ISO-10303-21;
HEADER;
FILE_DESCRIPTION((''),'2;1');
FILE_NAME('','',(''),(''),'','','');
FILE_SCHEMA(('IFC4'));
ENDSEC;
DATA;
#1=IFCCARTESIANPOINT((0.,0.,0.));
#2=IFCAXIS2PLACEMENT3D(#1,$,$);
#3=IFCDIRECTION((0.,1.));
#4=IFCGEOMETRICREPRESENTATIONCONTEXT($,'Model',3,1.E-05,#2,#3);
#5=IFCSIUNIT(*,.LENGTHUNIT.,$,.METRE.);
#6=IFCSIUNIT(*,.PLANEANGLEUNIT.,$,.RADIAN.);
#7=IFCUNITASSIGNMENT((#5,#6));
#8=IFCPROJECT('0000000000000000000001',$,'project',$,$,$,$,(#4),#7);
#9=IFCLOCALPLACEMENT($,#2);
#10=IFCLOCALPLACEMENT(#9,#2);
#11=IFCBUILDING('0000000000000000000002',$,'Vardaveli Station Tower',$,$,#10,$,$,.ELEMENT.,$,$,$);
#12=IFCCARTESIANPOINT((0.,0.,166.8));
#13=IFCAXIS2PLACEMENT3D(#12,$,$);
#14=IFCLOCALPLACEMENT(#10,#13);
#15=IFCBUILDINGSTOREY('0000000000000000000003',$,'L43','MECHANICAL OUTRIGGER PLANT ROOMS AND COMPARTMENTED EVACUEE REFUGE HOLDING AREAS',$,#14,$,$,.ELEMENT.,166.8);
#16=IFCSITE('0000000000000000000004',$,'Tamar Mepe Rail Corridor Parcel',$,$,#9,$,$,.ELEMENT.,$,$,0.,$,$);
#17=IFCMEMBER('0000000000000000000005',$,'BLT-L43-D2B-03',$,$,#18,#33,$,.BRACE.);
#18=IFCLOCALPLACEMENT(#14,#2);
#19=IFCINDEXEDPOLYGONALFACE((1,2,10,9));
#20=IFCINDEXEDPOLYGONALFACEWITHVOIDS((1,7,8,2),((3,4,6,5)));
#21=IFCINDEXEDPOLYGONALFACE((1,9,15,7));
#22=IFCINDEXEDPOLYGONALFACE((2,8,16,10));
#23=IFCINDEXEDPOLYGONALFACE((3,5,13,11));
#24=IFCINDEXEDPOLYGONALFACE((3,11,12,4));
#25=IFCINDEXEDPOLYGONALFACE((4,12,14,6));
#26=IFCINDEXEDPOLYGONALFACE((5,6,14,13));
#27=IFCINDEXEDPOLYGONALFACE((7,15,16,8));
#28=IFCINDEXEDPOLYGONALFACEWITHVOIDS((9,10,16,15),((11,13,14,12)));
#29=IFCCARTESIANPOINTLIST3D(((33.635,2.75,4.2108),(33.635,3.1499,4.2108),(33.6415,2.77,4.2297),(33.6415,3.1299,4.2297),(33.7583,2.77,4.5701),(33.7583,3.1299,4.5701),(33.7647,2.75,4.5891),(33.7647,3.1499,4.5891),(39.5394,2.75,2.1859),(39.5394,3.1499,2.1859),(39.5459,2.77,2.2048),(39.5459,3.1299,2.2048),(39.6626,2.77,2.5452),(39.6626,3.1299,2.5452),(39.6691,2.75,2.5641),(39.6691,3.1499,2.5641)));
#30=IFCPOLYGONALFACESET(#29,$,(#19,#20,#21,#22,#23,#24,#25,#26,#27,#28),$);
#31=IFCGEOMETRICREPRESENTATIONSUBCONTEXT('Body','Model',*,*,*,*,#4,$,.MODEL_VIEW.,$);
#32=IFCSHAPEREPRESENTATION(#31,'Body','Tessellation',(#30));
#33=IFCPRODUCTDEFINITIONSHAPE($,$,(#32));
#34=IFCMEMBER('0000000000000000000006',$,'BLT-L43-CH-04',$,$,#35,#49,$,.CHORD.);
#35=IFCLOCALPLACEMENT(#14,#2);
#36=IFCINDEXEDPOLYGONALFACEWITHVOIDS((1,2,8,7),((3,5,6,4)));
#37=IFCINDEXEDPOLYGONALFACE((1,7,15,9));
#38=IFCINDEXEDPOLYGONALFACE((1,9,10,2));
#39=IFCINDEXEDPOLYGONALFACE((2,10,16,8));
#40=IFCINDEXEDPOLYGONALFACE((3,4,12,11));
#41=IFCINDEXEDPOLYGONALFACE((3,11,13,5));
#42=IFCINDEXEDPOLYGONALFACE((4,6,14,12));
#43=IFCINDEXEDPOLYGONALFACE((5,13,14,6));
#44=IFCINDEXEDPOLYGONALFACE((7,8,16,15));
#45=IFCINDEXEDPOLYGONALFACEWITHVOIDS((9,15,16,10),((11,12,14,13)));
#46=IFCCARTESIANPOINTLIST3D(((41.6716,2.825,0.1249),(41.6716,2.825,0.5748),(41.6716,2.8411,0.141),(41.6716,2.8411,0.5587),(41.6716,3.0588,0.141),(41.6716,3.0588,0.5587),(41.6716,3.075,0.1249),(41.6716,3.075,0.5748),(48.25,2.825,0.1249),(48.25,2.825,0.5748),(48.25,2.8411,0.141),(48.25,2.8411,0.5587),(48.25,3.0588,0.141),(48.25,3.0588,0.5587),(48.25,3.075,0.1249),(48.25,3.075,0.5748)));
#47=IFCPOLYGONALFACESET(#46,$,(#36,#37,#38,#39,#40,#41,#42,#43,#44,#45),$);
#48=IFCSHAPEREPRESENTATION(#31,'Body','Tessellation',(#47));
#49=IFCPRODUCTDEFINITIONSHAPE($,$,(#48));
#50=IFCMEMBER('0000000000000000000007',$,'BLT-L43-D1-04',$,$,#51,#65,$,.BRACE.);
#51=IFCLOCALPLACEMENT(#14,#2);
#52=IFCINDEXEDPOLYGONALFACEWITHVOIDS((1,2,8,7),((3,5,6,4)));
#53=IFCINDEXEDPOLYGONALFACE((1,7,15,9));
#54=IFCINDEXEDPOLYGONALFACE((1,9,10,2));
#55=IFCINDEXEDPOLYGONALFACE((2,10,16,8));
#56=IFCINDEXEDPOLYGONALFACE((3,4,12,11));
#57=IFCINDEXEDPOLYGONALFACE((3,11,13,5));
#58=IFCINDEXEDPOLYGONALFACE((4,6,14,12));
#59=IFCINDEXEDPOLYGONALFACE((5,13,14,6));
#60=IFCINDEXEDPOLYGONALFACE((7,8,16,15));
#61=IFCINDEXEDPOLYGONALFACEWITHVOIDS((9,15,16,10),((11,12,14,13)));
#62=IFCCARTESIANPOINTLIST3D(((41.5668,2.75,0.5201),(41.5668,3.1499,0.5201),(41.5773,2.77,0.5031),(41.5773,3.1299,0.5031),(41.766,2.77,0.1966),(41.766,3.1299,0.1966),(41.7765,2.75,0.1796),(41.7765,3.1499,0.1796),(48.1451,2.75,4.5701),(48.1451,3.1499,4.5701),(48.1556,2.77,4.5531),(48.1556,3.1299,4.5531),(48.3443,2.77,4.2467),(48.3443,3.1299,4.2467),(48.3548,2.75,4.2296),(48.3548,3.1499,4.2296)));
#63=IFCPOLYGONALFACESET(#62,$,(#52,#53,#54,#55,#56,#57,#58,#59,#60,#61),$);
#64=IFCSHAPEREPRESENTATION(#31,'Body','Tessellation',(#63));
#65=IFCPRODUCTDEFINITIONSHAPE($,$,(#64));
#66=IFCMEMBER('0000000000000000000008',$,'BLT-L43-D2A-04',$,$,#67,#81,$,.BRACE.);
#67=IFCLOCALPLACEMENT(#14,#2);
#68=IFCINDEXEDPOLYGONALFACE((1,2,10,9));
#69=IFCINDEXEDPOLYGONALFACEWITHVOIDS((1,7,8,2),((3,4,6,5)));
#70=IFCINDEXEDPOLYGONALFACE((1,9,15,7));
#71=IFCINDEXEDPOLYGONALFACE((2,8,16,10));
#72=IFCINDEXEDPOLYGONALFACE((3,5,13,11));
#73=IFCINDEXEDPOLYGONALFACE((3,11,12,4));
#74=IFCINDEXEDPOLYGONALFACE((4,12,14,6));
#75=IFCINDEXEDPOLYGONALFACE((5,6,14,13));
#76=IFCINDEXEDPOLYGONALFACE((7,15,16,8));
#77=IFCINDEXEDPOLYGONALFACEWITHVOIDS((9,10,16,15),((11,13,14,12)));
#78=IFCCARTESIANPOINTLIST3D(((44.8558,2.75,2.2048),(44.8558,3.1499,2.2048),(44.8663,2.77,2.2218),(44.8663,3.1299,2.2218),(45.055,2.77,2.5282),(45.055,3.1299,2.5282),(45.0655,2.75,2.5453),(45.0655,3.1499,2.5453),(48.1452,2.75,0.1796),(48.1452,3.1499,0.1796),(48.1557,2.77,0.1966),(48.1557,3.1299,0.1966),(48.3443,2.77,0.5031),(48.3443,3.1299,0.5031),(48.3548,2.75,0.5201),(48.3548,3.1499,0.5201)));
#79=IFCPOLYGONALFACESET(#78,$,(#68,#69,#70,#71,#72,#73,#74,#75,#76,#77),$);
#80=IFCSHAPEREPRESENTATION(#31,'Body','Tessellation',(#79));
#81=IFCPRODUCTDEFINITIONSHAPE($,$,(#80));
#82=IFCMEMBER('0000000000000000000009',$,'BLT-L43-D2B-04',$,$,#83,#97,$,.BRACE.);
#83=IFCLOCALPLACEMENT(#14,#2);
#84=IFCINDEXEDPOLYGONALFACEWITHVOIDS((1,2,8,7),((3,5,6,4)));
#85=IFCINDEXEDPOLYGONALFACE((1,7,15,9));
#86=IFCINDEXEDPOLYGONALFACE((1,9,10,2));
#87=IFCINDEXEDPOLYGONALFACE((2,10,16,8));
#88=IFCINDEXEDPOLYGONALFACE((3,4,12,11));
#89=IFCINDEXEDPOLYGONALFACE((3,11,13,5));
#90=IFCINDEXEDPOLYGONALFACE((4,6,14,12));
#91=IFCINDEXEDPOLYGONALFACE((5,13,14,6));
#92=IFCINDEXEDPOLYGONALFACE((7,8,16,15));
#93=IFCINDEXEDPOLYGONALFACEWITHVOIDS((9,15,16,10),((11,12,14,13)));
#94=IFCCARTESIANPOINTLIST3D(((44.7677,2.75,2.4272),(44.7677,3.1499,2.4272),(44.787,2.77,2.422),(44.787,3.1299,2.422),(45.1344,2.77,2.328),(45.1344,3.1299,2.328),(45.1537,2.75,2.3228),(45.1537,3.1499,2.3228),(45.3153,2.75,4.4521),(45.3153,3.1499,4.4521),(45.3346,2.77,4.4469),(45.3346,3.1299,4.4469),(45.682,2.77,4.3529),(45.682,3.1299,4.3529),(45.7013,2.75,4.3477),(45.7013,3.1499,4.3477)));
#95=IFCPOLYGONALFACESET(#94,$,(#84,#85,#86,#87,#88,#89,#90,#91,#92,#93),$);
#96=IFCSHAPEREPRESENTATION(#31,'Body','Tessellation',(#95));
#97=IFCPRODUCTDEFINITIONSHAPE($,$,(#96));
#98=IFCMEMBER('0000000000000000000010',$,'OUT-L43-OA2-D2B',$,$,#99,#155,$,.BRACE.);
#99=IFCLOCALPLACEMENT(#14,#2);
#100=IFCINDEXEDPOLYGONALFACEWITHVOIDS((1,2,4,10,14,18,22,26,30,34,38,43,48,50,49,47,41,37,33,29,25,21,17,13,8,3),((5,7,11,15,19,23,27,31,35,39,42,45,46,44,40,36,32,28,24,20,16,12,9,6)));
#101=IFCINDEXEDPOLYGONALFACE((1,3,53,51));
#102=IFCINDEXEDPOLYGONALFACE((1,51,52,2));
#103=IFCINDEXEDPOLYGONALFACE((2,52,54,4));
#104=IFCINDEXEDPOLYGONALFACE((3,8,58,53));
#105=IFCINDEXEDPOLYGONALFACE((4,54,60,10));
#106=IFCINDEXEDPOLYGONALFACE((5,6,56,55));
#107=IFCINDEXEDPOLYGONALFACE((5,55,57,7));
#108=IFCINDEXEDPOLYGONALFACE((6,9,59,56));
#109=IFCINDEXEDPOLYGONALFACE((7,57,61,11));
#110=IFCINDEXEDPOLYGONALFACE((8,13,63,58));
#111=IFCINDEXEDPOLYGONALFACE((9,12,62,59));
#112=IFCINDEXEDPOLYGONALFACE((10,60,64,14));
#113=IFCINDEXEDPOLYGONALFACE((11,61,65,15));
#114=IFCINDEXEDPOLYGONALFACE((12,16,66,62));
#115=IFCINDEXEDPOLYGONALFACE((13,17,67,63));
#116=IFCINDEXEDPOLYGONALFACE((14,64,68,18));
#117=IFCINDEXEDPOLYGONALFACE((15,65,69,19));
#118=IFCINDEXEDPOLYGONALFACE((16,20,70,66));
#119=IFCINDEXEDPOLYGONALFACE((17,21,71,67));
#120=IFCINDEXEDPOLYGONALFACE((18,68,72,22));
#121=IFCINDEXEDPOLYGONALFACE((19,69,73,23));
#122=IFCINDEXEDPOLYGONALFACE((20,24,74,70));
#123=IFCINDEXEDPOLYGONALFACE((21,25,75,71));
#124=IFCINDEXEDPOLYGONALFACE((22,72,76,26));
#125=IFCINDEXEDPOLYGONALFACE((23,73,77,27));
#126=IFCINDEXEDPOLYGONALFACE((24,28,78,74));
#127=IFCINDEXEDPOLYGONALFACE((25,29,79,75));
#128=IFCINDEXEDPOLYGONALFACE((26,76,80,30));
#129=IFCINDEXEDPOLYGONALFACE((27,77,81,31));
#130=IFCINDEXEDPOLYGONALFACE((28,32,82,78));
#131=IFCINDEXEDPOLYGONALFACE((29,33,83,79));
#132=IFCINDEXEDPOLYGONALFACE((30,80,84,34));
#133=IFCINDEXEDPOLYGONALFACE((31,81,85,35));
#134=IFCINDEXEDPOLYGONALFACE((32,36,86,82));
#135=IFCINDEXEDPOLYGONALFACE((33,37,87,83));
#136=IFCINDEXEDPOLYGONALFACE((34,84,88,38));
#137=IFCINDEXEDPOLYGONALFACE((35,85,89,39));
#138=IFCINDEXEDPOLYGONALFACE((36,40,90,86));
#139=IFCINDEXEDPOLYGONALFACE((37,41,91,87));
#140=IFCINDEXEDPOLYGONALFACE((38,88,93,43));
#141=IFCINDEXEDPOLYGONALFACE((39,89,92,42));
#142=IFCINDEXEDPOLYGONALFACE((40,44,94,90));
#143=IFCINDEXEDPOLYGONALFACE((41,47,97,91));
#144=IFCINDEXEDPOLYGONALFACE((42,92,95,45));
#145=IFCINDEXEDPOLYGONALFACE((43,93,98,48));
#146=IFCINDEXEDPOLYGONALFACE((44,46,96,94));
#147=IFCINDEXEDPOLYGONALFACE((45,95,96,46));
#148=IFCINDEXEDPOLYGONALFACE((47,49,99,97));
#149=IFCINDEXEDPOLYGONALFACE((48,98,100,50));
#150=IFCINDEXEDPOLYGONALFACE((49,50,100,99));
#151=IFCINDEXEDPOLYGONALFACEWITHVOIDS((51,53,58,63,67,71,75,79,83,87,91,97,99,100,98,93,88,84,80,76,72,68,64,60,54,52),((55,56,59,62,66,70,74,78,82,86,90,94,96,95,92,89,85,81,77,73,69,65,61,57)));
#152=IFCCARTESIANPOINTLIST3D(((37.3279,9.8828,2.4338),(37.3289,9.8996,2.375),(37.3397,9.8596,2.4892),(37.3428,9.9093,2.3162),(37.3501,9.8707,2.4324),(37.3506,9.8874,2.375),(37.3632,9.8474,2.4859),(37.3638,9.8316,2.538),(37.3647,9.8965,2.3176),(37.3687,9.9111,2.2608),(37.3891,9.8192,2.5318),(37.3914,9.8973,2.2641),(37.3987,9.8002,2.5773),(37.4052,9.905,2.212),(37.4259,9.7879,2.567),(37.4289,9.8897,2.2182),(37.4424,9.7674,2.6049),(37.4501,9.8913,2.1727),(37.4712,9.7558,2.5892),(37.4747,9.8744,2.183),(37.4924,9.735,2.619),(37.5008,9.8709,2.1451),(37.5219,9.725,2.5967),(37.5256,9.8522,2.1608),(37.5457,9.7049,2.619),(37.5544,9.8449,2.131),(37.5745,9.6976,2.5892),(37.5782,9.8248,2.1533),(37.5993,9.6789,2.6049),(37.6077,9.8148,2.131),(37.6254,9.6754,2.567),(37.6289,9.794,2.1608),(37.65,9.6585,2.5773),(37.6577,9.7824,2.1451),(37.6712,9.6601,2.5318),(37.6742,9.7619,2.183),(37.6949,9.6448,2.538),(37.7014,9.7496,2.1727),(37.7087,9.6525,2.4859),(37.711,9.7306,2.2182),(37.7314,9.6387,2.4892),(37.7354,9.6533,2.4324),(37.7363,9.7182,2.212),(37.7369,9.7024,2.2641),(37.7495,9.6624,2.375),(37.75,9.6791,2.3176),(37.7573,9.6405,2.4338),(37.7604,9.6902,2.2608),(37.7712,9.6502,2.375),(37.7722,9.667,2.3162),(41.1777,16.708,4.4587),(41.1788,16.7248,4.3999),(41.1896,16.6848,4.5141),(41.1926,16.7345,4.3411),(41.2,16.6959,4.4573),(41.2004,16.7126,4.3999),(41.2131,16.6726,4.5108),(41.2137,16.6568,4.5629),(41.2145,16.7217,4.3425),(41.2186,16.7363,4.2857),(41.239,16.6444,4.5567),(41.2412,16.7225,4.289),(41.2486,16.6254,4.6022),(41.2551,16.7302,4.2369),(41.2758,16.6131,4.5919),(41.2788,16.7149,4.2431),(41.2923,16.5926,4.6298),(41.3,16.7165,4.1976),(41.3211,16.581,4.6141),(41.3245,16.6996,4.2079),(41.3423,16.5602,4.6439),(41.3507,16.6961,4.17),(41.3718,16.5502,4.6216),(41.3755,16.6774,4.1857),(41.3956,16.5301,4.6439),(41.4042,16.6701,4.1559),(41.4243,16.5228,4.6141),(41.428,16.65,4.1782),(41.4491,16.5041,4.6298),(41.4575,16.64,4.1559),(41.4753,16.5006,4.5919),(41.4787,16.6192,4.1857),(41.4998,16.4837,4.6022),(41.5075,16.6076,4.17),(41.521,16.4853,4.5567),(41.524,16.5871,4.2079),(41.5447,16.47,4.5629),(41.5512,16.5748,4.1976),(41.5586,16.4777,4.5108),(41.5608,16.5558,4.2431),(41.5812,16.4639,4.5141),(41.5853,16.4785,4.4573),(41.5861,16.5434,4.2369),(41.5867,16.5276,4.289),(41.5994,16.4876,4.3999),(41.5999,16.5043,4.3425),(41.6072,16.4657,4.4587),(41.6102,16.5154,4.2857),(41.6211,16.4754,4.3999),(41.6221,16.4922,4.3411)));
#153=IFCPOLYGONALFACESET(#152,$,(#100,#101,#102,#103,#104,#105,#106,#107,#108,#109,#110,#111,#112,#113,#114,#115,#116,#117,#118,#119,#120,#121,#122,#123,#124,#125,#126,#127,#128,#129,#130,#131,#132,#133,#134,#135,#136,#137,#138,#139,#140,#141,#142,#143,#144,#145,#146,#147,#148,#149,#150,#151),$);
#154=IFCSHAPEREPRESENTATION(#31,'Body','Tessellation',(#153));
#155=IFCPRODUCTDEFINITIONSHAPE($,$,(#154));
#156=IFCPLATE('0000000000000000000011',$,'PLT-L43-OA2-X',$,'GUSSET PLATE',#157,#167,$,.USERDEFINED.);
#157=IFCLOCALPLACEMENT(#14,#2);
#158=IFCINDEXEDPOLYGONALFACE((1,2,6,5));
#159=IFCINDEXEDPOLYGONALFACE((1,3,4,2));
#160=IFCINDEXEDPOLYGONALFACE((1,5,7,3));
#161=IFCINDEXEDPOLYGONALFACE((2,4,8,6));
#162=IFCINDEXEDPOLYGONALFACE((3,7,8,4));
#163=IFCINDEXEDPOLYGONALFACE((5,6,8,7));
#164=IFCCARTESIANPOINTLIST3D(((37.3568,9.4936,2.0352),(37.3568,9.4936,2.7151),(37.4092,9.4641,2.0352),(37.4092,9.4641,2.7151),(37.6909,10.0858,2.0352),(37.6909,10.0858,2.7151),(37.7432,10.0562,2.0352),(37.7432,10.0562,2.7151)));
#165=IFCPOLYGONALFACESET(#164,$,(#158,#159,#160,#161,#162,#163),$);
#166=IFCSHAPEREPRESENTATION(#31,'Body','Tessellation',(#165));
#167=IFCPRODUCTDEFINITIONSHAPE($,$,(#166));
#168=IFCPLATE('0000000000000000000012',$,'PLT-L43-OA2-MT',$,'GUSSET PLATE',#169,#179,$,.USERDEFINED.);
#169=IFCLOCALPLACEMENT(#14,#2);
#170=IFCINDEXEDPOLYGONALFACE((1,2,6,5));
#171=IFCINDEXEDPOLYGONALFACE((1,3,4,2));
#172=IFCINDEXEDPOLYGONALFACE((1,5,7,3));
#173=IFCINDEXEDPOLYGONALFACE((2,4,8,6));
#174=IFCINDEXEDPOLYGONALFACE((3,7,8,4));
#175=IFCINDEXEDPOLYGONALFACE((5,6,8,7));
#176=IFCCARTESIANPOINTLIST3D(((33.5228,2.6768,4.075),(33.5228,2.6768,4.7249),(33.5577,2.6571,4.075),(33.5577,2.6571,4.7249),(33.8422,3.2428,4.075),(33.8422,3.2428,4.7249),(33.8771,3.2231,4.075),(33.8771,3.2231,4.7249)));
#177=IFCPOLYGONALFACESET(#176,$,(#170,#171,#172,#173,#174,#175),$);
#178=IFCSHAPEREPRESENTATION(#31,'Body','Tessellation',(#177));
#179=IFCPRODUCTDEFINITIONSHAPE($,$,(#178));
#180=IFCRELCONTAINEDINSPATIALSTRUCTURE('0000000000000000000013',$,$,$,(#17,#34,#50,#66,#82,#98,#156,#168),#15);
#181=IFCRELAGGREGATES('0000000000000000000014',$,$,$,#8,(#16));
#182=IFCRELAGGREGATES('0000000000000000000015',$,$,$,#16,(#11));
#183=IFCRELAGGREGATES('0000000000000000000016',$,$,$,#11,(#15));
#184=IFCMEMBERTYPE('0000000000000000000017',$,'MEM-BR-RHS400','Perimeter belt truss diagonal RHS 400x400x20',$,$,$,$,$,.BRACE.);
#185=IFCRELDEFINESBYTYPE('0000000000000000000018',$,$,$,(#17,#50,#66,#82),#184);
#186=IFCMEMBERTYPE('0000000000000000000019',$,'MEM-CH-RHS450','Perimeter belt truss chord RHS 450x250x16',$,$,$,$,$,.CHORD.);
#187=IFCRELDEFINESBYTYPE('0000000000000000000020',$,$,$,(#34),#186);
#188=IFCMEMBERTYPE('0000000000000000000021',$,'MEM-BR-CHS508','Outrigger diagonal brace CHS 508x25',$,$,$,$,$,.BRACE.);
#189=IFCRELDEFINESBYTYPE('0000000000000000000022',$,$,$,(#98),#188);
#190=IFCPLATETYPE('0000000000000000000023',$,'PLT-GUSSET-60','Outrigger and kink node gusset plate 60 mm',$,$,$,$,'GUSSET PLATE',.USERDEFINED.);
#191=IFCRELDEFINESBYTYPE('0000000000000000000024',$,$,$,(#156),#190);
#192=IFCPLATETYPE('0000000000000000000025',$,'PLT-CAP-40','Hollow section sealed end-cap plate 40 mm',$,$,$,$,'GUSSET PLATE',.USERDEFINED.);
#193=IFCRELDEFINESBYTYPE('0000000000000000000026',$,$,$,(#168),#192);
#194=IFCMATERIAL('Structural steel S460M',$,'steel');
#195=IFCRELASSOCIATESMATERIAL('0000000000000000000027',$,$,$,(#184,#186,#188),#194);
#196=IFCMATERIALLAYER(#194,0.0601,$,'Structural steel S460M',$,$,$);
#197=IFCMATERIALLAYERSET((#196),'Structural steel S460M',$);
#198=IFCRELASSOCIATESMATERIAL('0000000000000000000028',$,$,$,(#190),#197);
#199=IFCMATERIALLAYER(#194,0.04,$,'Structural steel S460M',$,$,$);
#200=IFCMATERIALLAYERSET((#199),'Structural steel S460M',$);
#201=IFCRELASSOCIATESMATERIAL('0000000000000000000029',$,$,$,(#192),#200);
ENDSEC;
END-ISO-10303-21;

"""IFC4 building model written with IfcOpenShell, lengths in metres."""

from ifc_helpers import new_model, si_unit, direction, frame, origin, origin_2d, place, context, subcontext, project, spatial, rectangle, hollow_rectangle, hollow_circle, extrude, source, transform, mapped, material, layer, layer_set, material_profile, profile_set, type_object, element, save


model = new_model("IFC4")

# Units and contexts
model_context = context("Model", 3, precision=1e-05, world=origin(), true_north=direction((0.0, 1.0)))
body_context = subcontext(model_context, "Body", "Model", "MODEL_VIEW")
ifc_project = project(units=[si_unit("LENGTHUNIT", "METRE"), si_unit("PLANEANGLEUNIT", "RADIAN")], contexts=[model_context])

# Site, building, storey
site_placement = place(None, origin())
site = spatial("IfcSite", under=ifc_project, at=site_placement, Name="Tamar Mepe Rail Corridor Parcel", CompositionType="ELEMENT", RefElevation=0.0)
building_placement = place(site_placement, origin())
building = spatial("IfcBuilding", under=site, at=building_placement, Name="Vardaveli Station Tower", CompositionType="ELEMENT")
storey_placement = place(building_placement, frame((0.0, 0.0, 166.8)))
storey = spatial("IfcBuildingStorey", under=building, at=storey_placement, Name="L43", Description="MECHANICAL OUTRIGGER PLANT ROOMS AND COMPARTMENTED EVACUEE REFUGE HOLDING AREAS", CompositionType="ELEMENT", Elevation=166.8)

# Shared definitions
ifc_material_1 = material(Name="Structural steel S460M", Category="steel")

# Members
ifc_material_profile_1 = material_profile(ifc_material_1, hollow_rectangle(XDim=0.3999, YDim=0.3999, WallThickness=0.02, at=origin_2d()), Name="RHS 400x400x20")
ifc_profile_set_1 = profile_set([ifc_material_profile_1], Name="Structural steel S460M")
member_type_1 = type_object("IfcMemberType", Name="MEM-BR-RHS400", Description="Perimeter belt truss diagonal RHS 400x400x20", PredefinedType="BRACE", material=ifc_profile_set_1)
ifc_material_profile_2 = material_profile(ifc_material_1, hollow_rectangle(XDim=0.25, YDim=0.45, WallThickness=0.0161, at=origin_2d()), Name="RHS 450x250x16")
ifc_profile_set_2 = profile_set([ifc_material_profile_2], Name="Structural steel S460M")
member_type_2 = type_object("IfcMemberType", Name="MEM-CH-RHS450", Description="Perimeter belt truss chord RHS 450x250x16", PredefinedType="CHORD", material=ifc_profile_set_2)
shared_shape_1 = source(origin(), body_context, "Body", "SweptSolid", [
    extrude(hollow_rectangle(XDim=0.3999, YDim=0.3999, WallThickness=0.02, at=origin_2d()), origin(), (0.0, 0.0, 1.0), 6.2419),
])
member_1_placement = place(storey_placement, frame((39.6042, 2.95, 2.375), z_axis=(-0.945918, 0.0, 0.324406), x_axis=(0.0, -1.0, 0.0)))
element("IfcMember", 1, at=member_1_placement, inside=storey, type_object=member_type_1, Name="BLT-L43-D2B-03", PredefinedType="BRACE", context=body_context, shape_type="MappedRepresentation", body=[
    mapped(shared_shape_1, transform((0.0, 0.0, 0.0), scale=1.0)),
])
shared_shape_2 = source(origin(), body_context, "Body", "SweptSolid", [
    extrude(hollow_rectangle(XDim=0.25, YDim=0.45, WallThickness=0.0161, at=origin_2d()), origin(), (0.0, 0.0, 1.0), 6.5784),
])
member_2_placement = place(storey_placement, frame((41.6716, 2.95, 0.3499), z_axis=(1.0, 0.0, 0.0), x_axis=(0.0, 1.0, 0.0)))
element("IfcMember", 2, at=member_2_placement, inside=storey, type_object=member_type_2, Name="BLT-L43-CH-04", PredefinedType="CHORD", context=body_context, shape_type="MappedRepresentation", body=[
    mapped(shared_shape_2, transform((0.0, 0.0, 0.0), scale=1.0)),
])
shared_shape_3 = source(origin(), body_context, "Body", "SweptSolid", [
    extrude(hollow_rectangle(XDim=0.3999, YDim=0.3999, WallThickness=0.02, at=origin_2d()), origin(), (0.0, 0.0, 1.0), 7.7251),
])
member_3_placement = place(storey_placement, frame((41.6716, 2.95, 0.3499), z_axis=(0.851553, 0.0, 0.524268), x_axis=(0.0, 1.0, 0.0)))
element("IfcMember", 3, at=member_3_placement, inside=storey, type_object=member_type_1, Name="BLT-L43-D1-04", PredefinedType="BRACE", context=body_context, shape_type="MappedRepresentation", body=[
    mapped(shared_shape_3, transform((0.0, 0.0, 0.0), scale=1.0)),
])
shared_shape_4 = source(origin(), body_context, "Body", "SweptSolid", [
    extrude(hollow_rectangle(XDim=0.3999, YDim=0.3999, WallThickness=0.02, at=origin_2d()), origin(), (0.0, 0.0, 1.0), 3.8628),
])
member_4_placement = place(storey_placement, frame((48.25, 2.95, 0.3499), z_axis=(-0.851548, 0.0, 0.524277), x_axis=(0.0, -1.0, 0.0)))
element("IfcMember", 4, at=member_4_placement, inside=storey, type_object=member_type_1, Name="BLT-L43-D2A-04", PredefinedType="BRACE", context=body_context, shape_type="MappedRepresentation", body=[
    mapped(shared_shape_4, transform((0.0, 0.0, 0.0), scale=1.0)),
])
shared_shape_5 = source(origin(), body_context, "Body", "SweptSolid", [
    extrude(hollow_rectangle(XDim=0.3999, YDim=0.3999, WallThickness=0.02, at=origin_2d()), origin(), (0.0, 0.0, 1.0), 2.0977),
])
member_5_placement = place(storey_placement, frame((44.9607, 2.95, 2.375), z_axis=(0.261059, 0.0, 0.965323), x_axis=(0.0, 1.0, 0.0)))
element("IfcMember", 5, at=member_5_placement, inside=storey, type_object=member_type_1, Name="BLT-L43-D2B-04", PredefinedType="BRACE", context=body_context, shape_type="MappedRepresentation", body=[
    mapped(shared_shape_5, transform((0.0, 0.0, 0.0), scale=1.0)),
])
ifc_material_profile_3 = material_profile(ifc_material_1, hollow_circle(Radius=0.2539, WallThickness=0.0249, at=origin_2d()), Name="CHS 508x25")
ifc_profile_set_3 = profile_set([ifc_material_profile_3], Name="Structural steel S460M")
member_type_3 = type_object("IfcMemberType", Name="MEM-BR-CHS508", Description="Outrigger diagonal brace CHS 508x25", PredefinedType="BRACE", material=ifc_profile_set_3)
shared_shape_6 = source(origin(), body_context, "Body", "SweptSolid", [
    extrude(hollow_circle(Radius=0.2539, WallThickness=0.0249, at=origin_2d()), origin(), (0.0, 0.0, 1.0), 8.0935),
])
member_6_placement = place(storey_placement, frame((37.55, 9.7749, 2.375), z_axis=(0.475672, 0.843292, 0.250188), x_axis=(-0.870992, 0.491296, 0.0)))
element("IfcMember", 6, at=member_6_placement, inside=storey, type_object=member_type_3, Name="OUT-L43-OA2-D2B", PredefinedType="BRACE", context=body_context, shape_type="MappedRepresentation", body=[
    mapped(shared_shape_6, transform((0.0, 0.0, 0.0), scale=1.0)),
])

# Plates
ifc_layer_1 = layer(ifc_material_1, 0.0601, Name="Structural steel S460M")
ifc_layer_set_1 = layer_set([ifc_layer_1], Name="Structural steel S460M")
plate_type_1 = type_object("IfcPlateType", Name="PLT-GUSSET-60", Description="Outrigger and kink node gusset plate 60 mm", ElementType="GUSSET PLATE", PredefinedType="USERDEFINED", material=ifc_layer_set_1)
shared_shape_7 = source(origin(), body_context, "Body", "SweptSolid", [
    extrude(rectangle(XDim=0.6799, YDim=0.0601, at=origin_2d()), origin(), (0.0, 0.0, 1.0), 0.6799),
])
plate_1_placement = place(storey_placement, frame((37.55, 9.7749, 2.0352), z_axis=(0.0, 0.0, 1.0), x_axis=(-0.49136, -0.870957, 0.0)))
element("IfcPlate", 7, at=plate_1_placement, inside=storey, type_object=plate_type_1, Name="PLT-L43-OA2-X", ObjectType="GUSSET PLATE", PredefinedType="USERDEFINED", context=body_context, shape_type="MappedRepresentation", body=[
    mapped(shared_shape_7, transform((0.0, 0.0, 0.0), scale=1.0)),
])
ifc_layer_2 = layer(ifc_material_1, 0.04, Name="Structural steel S460M")
ifc_layer_set_2 = layer_set([ifc_layer_2], Name="Structural steel S460M")
plate_type_2 = type_object("IfcPlateType", Name="PLT-CAP-40", Description="Hollow section sealed end-cap plate 40 mm", ElementType="GUSSET PLATE", PredefinedType="USERDEFINED", material=ifc_layer_set_2)
shared_shape_8 = source(origin(), body_context, "Body", "SweptSolid", [
    extrude(rectangle(XDim=0.6499, YDim=0.04, at=origin_2d()), origin(), (0.0, 0.0, 1.0), 0.6499),
])
plate_2_placement = place(storey_placement, frame((33.7, 2.95, 4.075), z_axis=(0.0, 0.0, 1.0), x_axis=(-0.49136, -0.870957, 0.0)))
element("IfcPlate", 8, at=plate_2_placement, inside=storey, type_object=plate_type_2, Name="PLT-L43-OA2-MT", ObjectType="GUSSET PLATE", PredefinedType="USERDEFINED", context=body_context, shape_type="MappedRepresentation", body=[
    mapped(shared_shape_8, transform((0.0, 0.0, 0.0), scale=1.0)),
])

save(model, "model.ifc")
